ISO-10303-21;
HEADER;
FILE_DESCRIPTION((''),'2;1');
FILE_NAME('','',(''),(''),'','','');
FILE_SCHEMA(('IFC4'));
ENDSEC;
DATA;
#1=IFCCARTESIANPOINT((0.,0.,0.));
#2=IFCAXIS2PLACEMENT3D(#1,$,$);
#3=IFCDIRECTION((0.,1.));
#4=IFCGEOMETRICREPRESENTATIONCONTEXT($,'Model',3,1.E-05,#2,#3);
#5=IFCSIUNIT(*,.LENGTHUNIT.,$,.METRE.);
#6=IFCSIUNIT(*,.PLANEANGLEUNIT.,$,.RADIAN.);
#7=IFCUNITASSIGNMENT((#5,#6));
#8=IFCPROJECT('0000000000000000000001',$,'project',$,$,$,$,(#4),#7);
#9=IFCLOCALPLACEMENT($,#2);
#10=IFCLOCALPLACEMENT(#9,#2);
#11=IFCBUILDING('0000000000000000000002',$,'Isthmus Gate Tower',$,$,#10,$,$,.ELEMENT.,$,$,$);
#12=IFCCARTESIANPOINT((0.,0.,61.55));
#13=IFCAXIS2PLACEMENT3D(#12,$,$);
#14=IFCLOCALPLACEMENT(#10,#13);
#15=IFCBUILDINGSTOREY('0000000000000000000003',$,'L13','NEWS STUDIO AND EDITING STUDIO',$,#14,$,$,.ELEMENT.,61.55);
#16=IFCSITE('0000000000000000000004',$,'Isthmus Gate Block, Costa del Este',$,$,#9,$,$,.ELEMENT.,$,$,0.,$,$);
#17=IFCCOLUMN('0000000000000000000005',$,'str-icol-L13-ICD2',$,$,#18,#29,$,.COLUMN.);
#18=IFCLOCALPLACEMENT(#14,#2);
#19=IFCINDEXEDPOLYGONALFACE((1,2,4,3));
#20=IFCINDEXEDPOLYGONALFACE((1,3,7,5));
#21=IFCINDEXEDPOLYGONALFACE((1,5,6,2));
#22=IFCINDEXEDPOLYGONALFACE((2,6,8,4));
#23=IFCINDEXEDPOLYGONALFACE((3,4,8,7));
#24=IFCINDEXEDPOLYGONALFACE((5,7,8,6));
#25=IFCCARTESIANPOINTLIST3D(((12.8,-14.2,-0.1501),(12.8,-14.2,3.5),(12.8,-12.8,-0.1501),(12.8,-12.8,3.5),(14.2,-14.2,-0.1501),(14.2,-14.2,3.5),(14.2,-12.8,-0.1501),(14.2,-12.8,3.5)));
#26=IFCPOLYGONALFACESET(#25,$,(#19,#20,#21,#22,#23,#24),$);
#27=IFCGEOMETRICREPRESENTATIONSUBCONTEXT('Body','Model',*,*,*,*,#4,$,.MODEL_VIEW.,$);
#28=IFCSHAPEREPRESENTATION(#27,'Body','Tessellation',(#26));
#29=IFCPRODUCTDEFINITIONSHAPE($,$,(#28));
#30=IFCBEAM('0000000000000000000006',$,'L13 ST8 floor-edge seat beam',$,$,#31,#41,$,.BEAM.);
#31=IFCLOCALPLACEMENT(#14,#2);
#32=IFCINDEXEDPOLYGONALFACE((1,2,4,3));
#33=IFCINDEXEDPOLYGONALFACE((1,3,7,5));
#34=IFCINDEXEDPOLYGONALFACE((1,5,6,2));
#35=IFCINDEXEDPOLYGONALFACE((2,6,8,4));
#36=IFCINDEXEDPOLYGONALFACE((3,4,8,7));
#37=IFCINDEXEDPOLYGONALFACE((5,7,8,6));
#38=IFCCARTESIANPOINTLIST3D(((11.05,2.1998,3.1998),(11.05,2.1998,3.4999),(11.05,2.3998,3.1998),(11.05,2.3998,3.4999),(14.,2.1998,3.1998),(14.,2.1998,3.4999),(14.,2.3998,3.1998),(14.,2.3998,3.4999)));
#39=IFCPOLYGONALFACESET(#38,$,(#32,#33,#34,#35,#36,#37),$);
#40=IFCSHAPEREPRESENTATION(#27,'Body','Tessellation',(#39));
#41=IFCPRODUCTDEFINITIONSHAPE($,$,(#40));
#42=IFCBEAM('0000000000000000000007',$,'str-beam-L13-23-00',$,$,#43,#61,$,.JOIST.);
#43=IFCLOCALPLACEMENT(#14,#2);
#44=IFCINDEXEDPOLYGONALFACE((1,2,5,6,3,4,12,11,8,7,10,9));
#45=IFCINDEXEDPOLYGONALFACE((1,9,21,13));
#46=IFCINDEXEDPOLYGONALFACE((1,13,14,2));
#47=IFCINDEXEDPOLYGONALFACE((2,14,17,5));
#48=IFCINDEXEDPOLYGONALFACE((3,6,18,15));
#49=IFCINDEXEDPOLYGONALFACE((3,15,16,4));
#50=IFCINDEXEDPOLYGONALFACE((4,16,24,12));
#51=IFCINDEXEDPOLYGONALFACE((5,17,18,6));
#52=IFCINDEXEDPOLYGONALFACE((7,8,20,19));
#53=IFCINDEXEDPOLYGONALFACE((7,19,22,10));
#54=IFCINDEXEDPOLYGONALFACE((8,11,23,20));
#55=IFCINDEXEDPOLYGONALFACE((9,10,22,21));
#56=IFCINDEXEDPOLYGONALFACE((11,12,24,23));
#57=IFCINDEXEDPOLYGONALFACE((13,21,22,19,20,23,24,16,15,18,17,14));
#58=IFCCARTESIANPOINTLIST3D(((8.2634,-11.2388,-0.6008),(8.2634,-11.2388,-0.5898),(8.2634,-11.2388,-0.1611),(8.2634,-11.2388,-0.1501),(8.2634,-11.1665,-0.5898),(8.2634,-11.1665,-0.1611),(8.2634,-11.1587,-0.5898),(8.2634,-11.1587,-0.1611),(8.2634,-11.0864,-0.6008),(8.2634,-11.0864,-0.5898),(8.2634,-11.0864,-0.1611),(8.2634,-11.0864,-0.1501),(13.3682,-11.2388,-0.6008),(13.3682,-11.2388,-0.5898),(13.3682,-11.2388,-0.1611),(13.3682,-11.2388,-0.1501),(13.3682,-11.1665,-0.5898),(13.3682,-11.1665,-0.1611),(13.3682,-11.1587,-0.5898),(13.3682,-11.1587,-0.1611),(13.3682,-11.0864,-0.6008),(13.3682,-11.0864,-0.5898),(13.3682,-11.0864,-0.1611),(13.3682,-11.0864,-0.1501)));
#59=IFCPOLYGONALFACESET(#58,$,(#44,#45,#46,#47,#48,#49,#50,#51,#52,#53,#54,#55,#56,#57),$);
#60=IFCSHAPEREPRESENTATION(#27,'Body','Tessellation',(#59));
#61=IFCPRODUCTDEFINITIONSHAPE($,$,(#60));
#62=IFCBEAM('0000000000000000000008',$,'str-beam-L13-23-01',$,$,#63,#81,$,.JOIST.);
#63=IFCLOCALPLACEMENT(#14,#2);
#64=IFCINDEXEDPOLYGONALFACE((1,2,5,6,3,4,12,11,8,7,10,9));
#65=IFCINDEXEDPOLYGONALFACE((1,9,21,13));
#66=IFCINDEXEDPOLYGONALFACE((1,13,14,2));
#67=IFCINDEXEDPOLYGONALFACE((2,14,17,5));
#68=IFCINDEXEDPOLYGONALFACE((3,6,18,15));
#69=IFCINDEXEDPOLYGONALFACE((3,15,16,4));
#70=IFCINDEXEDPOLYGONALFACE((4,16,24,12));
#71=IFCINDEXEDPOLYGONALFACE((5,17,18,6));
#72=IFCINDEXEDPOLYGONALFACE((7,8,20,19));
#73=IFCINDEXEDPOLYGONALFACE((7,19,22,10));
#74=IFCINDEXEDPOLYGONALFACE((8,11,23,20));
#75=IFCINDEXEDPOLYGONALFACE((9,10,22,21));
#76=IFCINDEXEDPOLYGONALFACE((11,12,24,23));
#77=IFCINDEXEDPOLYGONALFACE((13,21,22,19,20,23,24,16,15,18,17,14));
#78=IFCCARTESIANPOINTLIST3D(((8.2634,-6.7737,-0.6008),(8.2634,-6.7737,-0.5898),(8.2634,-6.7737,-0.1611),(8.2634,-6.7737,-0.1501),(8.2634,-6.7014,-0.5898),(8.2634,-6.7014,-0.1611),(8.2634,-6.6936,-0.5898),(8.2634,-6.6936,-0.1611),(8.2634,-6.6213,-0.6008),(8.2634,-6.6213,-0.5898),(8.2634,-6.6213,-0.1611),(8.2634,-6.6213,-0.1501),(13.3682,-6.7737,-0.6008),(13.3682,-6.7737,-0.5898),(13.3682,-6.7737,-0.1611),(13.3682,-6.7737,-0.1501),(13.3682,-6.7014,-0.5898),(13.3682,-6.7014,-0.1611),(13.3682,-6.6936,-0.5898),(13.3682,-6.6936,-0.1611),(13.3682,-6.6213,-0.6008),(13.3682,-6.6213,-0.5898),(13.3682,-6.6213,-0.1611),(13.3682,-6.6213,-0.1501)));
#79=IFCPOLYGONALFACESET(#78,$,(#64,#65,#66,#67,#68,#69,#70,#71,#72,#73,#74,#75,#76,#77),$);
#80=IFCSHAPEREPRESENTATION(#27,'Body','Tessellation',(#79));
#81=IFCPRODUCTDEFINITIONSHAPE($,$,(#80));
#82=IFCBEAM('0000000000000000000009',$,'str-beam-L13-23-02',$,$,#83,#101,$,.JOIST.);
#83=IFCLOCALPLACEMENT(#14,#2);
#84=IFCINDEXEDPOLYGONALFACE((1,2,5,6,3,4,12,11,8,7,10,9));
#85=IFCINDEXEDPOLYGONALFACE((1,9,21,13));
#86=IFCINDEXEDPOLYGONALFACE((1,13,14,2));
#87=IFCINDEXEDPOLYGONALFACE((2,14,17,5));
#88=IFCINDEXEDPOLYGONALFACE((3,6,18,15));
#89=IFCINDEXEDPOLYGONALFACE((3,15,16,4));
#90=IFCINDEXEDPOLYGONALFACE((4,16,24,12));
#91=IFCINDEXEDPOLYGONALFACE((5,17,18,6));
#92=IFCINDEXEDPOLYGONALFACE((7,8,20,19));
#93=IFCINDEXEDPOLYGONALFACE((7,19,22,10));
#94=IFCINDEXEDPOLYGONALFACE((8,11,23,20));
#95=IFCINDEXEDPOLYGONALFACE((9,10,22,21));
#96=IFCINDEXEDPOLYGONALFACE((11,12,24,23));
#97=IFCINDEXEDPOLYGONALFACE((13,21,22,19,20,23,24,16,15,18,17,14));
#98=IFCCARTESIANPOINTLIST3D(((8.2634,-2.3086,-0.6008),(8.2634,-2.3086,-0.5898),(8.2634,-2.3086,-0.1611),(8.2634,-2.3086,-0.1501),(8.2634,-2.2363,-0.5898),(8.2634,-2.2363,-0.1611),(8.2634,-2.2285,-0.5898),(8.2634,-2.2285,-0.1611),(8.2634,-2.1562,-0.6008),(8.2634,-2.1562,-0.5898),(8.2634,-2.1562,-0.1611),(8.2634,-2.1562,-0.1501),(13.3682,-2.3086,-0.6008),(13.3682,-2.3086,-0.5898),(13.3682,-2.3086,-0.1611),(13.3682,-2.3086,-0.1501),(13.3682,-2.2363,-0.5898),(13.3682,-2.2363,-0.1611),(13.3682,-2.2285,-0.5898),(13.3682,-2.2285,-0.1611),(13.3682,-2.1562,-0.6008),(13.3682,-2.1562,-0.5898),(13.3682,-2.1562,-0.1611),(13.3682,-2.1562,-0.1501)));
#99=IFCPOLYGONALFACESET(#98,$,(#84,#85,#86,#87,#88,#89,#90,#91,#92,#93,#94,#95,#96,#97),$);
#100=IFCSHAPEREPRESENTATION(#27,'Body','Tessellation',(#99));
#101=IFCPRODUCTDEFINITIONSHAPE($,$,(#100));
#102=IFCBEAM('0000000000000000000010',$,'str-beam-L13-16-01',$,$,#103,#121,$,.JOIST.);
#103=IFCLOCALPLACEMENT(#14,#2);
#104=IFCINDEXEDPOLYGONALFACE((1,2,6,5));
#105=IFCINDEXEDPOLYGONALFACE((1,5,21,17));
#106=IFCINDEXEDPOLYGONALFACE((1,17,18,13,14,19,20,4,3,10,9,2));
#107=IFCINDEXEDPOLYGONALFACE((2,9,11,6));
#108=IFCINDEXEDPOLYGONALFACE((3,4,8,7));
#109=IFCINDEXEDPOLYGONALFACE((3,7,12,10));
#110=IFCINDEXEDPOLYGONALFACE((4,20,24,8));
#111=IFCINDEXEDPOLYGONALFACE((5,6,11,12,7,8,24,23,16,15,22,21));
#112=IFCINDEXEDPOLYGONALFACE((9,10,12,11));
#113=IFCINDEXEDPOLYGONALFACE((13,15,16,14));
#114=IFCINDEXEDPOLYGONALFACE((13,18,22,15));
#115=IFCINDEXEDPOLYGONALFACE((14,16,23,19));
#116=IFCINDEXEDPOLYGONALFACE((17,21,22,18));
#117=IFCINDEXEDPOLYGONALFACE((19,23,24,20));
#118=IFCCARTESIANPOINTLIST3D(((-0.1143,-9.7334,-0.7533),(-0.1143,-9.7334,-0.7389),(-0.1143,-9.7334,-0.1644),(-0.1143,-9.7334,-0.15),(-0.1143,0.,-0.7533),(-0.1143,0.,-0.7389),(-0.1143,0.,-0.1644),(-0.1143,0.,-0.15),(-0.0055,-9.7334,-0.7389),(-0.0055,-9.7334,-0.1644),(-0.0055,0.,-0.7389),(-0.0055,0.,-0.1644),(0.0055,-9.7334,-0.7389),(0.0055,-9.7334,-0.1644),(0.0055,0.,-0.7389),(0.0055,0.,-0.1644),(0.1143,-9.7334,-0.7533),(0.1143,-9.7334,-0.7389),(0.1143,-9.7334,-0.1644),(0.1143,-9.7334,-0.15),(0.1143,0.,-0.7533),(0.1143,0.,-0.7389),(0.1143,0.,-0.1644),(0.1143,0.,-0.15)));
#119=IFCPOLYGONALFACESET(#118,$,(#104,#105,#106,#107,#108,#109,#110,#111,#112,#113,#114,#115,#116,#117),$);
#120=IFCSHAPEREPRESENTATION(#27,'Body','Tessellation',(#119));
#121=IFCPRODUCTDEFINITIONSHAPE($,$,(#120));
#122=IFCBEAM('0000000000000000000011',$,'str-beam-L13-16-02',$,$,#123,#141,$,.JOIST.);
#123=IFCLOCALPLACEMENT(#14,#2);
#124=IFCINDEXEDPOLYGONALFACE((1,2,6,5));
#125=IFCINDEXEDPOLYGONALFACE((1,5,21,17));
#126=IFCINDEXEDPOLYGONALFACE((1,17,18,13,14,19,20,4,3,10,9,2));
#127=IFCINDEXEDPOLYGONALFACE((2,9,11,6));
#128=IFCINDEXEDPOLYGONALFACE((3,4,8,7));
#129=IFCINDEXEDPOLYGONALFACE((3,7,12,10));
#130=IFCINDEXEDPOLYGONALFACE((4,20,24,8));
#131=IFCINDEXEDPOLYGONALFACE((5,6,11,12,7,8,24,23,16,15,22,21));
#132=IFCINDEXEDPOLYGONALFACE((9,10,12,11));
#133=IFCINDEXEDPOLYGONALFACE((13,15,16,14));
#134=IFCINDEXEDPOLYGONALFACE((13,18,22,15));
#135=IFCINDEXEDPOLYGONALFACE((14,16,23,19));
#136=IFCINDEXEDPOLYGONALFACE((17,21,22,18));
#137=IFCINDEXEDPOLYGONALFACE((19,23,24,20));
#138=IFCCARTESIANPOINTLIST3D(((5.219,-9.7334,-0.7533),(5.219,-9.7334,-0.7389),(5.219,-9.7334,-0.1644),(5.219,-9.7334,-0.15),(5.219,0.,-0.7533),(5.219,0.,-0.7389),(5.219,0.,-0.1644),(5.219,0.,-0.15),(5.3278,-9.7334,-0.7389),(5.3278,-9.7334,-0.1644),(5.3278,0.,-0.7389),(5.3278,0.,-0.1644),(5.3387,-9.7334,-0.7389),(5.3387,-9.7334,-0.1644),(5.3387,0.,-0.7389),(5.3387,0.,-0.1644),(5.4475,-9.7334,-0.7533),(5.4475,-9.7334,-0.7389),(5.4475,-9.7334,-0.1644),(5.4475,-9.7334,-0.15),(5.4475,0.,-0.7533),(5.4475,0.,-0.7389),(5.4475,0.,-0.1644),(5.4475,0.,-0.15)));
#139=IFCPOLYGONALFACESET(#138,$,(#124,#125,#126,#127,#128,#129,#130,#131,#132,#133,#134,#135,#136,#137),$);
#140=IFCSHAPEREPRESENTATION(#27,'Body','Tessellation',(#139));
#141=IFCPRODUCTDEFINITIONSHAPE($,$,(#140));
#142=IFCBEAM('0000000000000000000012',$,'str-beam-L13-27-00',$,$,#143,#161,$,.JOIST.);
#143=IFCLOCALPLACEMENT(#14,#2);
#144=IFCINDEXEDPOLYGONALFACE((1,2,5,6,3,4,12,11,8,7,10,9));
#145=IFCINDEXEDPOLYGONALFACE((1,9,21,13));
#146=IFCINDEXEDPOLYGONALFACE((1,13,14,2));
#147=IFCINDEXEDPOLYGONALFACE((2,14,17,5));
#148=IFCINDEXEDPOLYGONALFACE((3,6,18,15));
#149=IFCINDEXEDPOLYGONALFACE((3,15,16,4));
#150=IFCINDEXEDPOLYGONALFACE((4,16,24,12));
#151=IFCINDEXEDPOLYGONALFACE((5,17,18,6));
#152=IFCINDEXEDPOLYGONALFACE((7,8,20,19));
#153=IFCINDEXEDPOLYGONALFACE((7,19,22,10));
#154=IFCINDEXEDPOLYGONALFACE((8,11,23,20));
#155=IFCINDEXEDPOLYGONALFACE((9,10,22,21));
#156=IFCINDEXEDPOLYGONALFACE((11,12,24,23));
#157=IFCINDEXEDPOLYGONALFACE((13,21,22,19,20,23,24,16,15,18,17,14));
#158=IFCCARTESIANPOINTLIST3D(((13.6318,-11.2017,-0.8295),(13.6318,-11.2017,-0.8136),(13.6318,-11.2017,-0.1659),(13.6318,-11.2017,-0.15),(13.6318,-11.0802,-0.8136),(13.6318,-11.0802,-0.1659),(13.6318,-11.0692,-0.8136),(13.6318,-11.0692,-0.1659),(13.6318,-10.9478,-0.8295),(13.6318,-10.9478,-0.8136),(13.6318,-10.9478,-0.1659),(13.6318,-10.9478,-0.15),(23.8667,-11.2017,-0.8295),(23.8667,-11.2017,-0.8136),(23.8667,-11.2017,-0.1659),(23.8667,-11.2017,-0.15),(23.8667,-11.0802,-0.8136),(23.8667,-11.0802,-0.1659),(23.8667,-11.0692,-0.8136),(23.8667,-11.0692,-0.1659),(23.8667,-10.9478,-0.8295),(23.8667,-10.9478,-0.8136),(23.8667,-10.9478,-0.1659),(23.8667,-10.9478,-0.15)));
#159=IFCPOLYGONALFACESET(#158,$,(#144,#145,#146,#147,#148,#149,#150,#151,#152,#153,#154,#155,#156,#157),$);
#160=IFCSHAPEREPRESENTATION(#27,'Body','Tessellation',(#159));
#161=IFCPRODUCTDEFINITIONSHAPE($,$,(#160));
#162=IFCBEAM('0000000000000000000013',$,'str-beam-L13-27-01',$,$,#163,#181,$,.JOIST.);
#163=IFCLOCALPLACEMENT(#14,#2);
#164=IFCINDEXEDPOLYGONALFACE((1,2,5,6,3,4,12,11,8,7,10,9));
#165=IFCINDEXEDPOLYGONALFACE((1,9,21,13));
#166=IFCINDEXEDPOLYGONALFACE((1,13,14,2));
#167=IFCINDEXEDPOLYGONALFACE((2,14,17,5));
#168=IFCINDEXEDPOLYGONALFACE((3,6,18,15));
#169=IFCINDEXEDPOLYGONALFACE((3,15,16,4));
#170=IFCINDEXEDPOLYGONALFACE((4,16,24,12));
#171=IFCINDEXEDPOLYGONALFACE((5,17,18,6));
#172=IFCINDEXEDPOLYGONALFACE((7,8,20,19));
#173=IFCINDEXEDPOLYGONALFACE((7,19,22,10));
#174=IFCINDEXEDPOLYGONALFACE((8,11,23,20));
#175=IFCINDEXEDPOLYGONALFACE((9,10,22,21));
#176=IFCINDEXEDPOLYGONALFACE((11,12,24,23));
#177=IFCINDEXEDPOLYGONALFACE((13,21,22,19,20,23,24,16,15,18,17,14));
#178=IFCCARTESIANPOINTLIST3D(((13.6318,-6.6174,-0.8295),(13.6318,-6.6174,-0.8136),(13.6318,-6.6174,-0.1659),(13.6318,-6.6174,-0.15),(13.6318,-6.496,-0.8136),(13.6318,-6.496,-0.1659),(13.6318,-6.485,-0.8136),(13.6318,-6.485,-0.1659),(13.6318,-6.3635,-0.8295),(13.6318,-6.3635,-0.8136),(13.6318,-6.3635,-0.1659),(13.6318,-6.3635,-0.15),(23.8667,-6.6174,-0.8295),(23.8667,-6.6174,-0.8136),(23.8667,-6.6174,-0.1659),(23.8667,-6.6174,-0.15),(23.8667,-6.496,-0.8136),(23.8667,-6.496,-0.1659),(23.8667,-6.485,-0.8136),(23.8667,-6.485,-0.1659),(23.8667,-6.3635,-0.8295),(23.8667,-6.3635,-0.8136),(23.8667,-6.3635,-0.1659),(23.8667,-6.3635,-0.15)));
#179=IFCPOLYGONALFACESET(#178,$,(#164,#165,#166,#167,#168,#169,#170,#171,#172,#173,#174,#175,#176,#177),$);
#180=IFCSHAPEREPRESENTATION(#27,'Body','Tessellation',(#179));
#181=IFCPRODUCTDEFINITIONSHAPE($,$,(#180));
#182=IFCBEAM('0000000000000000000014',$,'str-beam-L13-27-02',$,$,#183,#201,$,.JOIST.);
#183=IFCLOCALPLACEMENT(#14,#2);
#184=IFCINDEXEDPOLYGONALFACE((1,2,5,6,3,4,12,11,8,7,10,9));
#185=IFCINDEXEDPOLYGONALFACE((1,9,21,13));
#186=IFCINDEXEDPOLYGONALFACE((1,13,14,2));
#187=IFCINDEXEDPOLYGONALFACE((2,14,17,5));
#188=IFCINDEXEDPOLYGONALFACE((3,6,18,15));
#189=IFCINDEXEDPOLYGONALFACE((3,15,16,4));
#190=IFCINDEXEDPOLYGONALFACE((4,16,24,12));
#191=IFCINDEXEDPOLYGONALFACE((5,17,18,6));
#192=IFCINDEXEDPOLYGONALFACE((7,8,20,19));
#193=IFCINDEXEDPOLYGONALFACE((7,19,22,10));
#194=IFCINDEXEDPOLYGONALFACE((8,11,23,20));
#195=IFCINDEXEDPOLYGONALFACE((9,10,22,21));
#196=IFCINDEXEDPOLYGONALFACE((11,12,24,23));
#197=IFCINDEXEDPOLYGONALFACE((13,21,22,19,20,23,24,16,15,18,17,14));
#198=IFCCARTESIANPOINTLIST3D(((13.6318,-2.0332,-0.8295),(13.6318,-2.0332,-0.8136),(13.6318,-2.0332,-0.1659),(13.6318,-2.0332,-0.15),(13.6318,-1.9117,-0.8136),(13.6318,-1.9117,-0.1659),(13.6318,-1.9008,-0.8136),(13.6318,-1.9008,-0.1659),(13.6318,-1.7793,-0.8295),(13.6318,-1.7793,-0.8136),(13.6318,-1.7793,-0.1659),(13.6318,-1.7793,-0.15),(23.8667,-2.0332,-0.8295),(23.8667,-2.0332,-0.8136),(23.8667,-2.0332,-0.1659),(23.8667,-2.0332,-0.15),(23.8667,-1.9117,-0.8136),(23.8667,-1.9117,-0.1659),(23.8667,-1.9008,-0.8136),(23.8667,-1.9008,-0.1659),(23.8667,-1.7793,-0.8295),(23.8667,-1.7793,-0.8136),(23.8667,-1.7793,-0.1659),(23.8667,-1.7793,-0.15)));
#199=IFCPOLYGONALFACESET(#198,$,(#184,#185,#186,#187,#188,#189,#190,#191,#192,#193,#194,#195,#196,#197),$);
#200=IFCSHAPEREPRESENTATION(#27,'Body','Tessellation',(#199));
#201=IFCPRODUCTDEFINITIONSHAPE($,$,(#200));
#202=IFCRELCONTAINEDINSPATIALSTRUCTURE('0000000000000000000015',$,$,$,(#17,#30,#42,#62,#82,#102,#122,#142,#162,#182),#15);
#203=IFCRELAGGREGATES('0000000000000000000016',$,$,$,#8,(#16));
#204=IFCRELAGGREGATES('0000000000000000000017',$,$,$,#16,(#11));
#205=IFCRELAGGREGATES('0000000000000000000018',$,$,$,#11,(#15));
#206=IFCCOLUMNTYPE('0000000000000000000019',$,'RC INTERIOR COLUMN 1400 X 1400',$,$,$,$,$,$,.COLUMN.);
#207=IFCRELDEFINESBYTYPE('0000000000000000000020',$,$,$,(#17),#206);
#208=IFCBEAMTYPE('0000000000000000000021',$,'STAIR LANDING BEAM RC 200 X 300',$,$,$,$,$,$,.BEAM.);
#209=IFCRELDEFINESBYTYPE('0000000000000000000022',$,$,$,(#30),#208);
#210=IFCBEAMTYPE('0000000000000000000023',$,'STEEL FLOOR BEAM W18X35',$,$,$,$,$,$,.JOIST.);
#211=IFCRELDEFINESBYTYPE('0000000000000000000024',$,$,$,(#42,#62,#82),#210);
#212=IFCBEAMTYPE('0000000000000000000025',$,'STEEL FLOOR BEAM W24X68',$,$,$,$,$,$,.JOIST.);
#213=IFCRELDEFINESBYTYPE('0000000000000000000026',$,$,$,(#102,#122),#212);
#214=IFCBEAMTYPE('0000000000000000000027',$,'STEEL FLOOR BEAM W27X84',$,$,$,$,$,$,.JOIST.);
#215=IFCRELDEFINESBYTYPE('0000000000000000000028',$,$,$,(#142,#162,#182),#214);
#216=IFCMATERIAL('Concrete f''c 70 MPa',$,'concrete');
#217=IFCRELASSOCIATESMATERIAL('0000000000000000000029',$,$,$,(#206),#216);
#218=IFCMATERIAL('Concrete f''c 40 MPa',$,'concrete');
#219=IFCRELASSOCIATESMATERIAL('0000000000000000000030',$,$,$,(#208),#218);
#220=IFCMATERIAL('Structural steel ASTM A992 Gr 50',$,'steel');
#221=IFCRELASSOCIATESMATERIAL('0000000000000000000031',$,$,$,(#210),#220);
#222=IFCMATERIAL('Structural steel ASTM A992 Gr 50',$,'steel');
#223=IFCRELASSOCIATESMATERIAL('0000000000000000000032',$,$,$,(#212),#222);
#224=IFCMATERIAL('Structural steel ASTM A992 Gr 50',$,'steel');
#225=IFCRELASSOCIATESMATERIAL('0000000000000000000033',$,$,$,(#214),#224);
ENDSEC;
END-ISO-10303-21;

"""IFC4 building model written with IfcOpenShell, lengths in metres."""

from ifc_helpers import new_model, si_unit, direction, frame, origin, origin_2d, place, context, subcontext, project, spatial, rectangle, i_section, extrude, material, material_profile, profile_set, type_object, element, save


model = new_model("IFC4")

# Units and contexts
model_context = context("Model", 3, precision=1e-05, world=origin(), true_north=direction((0.0, 1.0)))
body_context = subcontext(model_context, "Body", "Model", "MODEL_VIEW")
ifc_project = project(units=[si_unit("LENGTHUNIT", "METRE"), si_unit("PLANEANGLEUNIT", "RADIAN")], contexts=[model_context])

# Site, building, storey
site_placement = place(None, origin())
site = spatial("IfcSite", under=ifc_project, at=site_placement, Name="Isthmus Gate Block, Costa del Este", CompositionType="ELEMENT", RefElevation=0.0)
building_placement = place(site_placement, origin())
building = spatial("IfcBuilding", under=site, at=building_placement, Name="Isthmus Gate Tower", CompositionType="ELEMENT")
storey_placement = place(building_placement, frame((0.0, 0.0, 61.55)))
storey = spatial("IfcBuildingStorey", under=building, at=storey_placement, Name="L13", Description="NEWS STUDIO AND EDITING STUDIO", CompositionType="ELEMENT", Elevation=61.55)

# Column
ifc_material_1 = material(Name="Concrete f'c 70 MPa", Category="concrete")
ifc_material_profile_1 = material_profile(ifc_material_1, rectangle(XDim=1.3999, YDim=1.3999, at=origin_2d()), Name="RC 1400X1400")
ifc_profile_set_1 = profile_set([ifc_material_profile_1], Name="Concrete f'c 70 MPa")
column_type = type_object("IfcColumnType", Name="RC INTERIOR COLUMN 1400 X 1400", PredefinedType="COLUMN", material=ifc_profile_set_1)
column_placement = place(storey_placement, frame((13.5, -13.5, -0.1501), z_axis=(0.0, 0.0, 1.0), x_axis=(1.0, 0.0, 0.0)))
element("IfcColumn", 1, at=column_placement, inside=storey, type_object=column_type, Name="str-icol-L13-ICD2", PredefinedType="COLUMN", context=body_context, shape_type="SweptSolid", body=[
    extrude(rectangle(XDim=1.3999, YDim=1.3999, at=origin_2d()), origin(), (0.0, 0.0, 1.0), 3.6501),
])

# Beams
ifc_material_2 = material(Name="Concrete f'c 40 MPa", Category="concrete")
ifc_material_profile_2 = material_profile(ifc_material_2, rectangle(XDim=0.2, YDim=0.3, at=origin_2d()), Name="STAIR LANDING BEAM RC 200 X 300")
ifc_profile_set_2 = profile_set([ifc_material_profile_2], Name="Concrete f'c 40 MPa")
beam_type_1 = type_object("IfcBeamType", Name="STAIR LANDING BEAM RC 200 X 300", PredefinedType="BEAM", material=ifc_profile_set_2)
beam_1_placement = place(storey_placement, frame((11.05, 2.2998, 3.3499), z_axis=(1.0, 0.0, 0.0), x_axis=(0.0, 1.0, 0.0)))
element("IfcBeam", 2, at=beam_1_placement, inside=storey, type_object=beam_type_1, Name="L13 ST8 floor-edge seat beam", PredefinedType="BEAM", context=body_context, shape_type="SweptSolid", body=[
    extrude(rectangle(XDim=0.2, YDim=0.3, at=origin_2d()), origin(), (0.0, 0.0, 1.0), 2.95),
])
ifc_material_3 = material(Name="Structural steel ASTM A992 Gr 50", Category="steel")
ifc_material_profile_3 = material_profile(ifc_material_3, i_section(OverallWidth=0.1523, OverallDepth=0.4507, WebThickness=0.0078, FlangeThickness=0.011, at=origin_2d()), Name="W18X35")
ifc_profile_set_3 = profile_set([ifc_material_profile_3], Name="Structural steel ASTM A992 Gr 50")
beam_type_2 = type_object("IfcBeamType", Name="STEEL FLOOR BEAM W18X35", PredefinedType="JOIST", material=ifc_profile_set_3)
for number, where, z_axis, x_axis, name in (
    (3, (8.2634, -11.1626, -0.3755), (1.0, 0.0, 0.0), (0.0, 1.0, 0.0), "str-beam-L13-23-00"),
    (4, (8.2634, -6.6975, -0.3755), (1.0, 0.0, 0.0), (0.0, 1.0, 0.0), "str-beam-L13-23-01"),
    (5, (8.2634, -2.2324, -0.3755), (1.0, 0.0, 0.0), (0.0, 1.0, 0.0), "str-beam-L13-23-02"),
):
    element("IfcBeam", number, at=place(storey_placement, frame(where, z_axis=z_axis, x_axis=x_axis)), inside=storey, type_object=beam_type_2, Name=name, PredefinedType="JOIST", context=body_context, shape_type="SweptSolid", body=[
        extrude(i_section(OverallWidth=0.1523, OverallDepth=0.4507, WebThickness=0.0078, FlangeThickness=0.011, at=origin_2d()), origin(), (0.0, 0.0, 1.0), 5.1047),
    ])
ifc_material_4 = material(Name="Structural steel ASTM A992 Gr 50", Category="steel")
ifc_material_profile_4 = material_profile(ifc_material_4, i_section(OverallWidth=0.2285, OverallDepth=0.6033, WebThickness=0.011, FlangeThickness=0.0144, at=origin_2d()), Name="W24X68")
ifc_profile_set_4 = profile_set([ifc_material_profile_4], Name="Structural steel ASTM A992 Gr 50")
beam_type_3 = type_object("IfcBeamType", Name="STEEL FLOOR BEAM W24X68", PredefinedType="JOIST", material=ifc_profile_set_4)
for number, where, z_axis, x_axis, name in (
    (6, (0.0, -9.7334, -0.4517), (0.0, 1.0, 0.0), (-1.0, 0.0, 0.0), "str-beam-L13-16-01"),
    (7, (5.3333, -9.7334, -0.4517), (0.0, 1.0, 0.0), (-1.0, 0.0, 0.0), "str-beam-L13-16-02"),
):
    element("IfcBeam", number, at=place(storey_placement, frame(where, z_axis=z_axis, x_axis=x_axis)), inside=storey, type_object=beam_type_3, Name=name, PredefinedType="JOIST", context=body_context, shape_type="SweptSolid", body=[
        extrude(i_section(OverallWidth=0.2285, OverallDepth=0.6033, WebThickness=0.011, FlangeThickness=0.0144, at=origin_2d()), origin(), (0.0, 0.0, 1.0), 9.7334),
    ])
ifc_material_5 = material(Name="Structural steel ASTM A992 Gr 50", Category="steel")
ifc_material_profile_5 = material_profile(ifc_material_5, i_section(OverallWidth=0.2539, OverallDepth=0.6794, WebThickness=0.011, FlangeThickness=0.0159, at=origin_2d()), Name="W27X84")
ifc_profile_set_5 = profile_set([ifc_material_profile_5], Name="Structural steel ASTM A992 Gr 50")
beam_type_4 = type_object("IfcBeamType", Name="STEEL FLOOR BEAM W27X84", PredefinedType="JOIST", material=ifc_profile_set_5)
for number, where, z_axis, x_axis, name in (
    (8, (13.6318, -11.0747, -0.4897), (1.0, 0.0, 0.0), (0.0, 1.0, 0.0), "str-beam-L13-27-00"),
    (9, (13.6318, -6.4905, -0.4897), (1.0, 0.0, 0.0), (0.0, 1.0, 0.0), "str-beam-L13-27-01"),
    (10, (13.6318, -1.9062, -0.4897), (1.0, 0.0, 0.0), (0.0, 1.0, 0.0), "str-beam-L13-27-02"),
):
    element("IfcBeam", number, at=place(storey_placement, frame(where, z_axis=z_axis, x_axis=x_axis)), inside=storey, type_object=beam_type_4, Name=name, PredefinedType="JOIST", context=body_context, shape_type="SweptSolid", body=[
        extrude(i_section(OverallWidth=0.2539, OverallDepth=0.6794, WebThickness=0.011, FlangeThickness=0.0159, at=origin_2d()), origin(), (0.0, 0.0, 1.0), 10.2349),
    ])

save(model, "model.ifc")
